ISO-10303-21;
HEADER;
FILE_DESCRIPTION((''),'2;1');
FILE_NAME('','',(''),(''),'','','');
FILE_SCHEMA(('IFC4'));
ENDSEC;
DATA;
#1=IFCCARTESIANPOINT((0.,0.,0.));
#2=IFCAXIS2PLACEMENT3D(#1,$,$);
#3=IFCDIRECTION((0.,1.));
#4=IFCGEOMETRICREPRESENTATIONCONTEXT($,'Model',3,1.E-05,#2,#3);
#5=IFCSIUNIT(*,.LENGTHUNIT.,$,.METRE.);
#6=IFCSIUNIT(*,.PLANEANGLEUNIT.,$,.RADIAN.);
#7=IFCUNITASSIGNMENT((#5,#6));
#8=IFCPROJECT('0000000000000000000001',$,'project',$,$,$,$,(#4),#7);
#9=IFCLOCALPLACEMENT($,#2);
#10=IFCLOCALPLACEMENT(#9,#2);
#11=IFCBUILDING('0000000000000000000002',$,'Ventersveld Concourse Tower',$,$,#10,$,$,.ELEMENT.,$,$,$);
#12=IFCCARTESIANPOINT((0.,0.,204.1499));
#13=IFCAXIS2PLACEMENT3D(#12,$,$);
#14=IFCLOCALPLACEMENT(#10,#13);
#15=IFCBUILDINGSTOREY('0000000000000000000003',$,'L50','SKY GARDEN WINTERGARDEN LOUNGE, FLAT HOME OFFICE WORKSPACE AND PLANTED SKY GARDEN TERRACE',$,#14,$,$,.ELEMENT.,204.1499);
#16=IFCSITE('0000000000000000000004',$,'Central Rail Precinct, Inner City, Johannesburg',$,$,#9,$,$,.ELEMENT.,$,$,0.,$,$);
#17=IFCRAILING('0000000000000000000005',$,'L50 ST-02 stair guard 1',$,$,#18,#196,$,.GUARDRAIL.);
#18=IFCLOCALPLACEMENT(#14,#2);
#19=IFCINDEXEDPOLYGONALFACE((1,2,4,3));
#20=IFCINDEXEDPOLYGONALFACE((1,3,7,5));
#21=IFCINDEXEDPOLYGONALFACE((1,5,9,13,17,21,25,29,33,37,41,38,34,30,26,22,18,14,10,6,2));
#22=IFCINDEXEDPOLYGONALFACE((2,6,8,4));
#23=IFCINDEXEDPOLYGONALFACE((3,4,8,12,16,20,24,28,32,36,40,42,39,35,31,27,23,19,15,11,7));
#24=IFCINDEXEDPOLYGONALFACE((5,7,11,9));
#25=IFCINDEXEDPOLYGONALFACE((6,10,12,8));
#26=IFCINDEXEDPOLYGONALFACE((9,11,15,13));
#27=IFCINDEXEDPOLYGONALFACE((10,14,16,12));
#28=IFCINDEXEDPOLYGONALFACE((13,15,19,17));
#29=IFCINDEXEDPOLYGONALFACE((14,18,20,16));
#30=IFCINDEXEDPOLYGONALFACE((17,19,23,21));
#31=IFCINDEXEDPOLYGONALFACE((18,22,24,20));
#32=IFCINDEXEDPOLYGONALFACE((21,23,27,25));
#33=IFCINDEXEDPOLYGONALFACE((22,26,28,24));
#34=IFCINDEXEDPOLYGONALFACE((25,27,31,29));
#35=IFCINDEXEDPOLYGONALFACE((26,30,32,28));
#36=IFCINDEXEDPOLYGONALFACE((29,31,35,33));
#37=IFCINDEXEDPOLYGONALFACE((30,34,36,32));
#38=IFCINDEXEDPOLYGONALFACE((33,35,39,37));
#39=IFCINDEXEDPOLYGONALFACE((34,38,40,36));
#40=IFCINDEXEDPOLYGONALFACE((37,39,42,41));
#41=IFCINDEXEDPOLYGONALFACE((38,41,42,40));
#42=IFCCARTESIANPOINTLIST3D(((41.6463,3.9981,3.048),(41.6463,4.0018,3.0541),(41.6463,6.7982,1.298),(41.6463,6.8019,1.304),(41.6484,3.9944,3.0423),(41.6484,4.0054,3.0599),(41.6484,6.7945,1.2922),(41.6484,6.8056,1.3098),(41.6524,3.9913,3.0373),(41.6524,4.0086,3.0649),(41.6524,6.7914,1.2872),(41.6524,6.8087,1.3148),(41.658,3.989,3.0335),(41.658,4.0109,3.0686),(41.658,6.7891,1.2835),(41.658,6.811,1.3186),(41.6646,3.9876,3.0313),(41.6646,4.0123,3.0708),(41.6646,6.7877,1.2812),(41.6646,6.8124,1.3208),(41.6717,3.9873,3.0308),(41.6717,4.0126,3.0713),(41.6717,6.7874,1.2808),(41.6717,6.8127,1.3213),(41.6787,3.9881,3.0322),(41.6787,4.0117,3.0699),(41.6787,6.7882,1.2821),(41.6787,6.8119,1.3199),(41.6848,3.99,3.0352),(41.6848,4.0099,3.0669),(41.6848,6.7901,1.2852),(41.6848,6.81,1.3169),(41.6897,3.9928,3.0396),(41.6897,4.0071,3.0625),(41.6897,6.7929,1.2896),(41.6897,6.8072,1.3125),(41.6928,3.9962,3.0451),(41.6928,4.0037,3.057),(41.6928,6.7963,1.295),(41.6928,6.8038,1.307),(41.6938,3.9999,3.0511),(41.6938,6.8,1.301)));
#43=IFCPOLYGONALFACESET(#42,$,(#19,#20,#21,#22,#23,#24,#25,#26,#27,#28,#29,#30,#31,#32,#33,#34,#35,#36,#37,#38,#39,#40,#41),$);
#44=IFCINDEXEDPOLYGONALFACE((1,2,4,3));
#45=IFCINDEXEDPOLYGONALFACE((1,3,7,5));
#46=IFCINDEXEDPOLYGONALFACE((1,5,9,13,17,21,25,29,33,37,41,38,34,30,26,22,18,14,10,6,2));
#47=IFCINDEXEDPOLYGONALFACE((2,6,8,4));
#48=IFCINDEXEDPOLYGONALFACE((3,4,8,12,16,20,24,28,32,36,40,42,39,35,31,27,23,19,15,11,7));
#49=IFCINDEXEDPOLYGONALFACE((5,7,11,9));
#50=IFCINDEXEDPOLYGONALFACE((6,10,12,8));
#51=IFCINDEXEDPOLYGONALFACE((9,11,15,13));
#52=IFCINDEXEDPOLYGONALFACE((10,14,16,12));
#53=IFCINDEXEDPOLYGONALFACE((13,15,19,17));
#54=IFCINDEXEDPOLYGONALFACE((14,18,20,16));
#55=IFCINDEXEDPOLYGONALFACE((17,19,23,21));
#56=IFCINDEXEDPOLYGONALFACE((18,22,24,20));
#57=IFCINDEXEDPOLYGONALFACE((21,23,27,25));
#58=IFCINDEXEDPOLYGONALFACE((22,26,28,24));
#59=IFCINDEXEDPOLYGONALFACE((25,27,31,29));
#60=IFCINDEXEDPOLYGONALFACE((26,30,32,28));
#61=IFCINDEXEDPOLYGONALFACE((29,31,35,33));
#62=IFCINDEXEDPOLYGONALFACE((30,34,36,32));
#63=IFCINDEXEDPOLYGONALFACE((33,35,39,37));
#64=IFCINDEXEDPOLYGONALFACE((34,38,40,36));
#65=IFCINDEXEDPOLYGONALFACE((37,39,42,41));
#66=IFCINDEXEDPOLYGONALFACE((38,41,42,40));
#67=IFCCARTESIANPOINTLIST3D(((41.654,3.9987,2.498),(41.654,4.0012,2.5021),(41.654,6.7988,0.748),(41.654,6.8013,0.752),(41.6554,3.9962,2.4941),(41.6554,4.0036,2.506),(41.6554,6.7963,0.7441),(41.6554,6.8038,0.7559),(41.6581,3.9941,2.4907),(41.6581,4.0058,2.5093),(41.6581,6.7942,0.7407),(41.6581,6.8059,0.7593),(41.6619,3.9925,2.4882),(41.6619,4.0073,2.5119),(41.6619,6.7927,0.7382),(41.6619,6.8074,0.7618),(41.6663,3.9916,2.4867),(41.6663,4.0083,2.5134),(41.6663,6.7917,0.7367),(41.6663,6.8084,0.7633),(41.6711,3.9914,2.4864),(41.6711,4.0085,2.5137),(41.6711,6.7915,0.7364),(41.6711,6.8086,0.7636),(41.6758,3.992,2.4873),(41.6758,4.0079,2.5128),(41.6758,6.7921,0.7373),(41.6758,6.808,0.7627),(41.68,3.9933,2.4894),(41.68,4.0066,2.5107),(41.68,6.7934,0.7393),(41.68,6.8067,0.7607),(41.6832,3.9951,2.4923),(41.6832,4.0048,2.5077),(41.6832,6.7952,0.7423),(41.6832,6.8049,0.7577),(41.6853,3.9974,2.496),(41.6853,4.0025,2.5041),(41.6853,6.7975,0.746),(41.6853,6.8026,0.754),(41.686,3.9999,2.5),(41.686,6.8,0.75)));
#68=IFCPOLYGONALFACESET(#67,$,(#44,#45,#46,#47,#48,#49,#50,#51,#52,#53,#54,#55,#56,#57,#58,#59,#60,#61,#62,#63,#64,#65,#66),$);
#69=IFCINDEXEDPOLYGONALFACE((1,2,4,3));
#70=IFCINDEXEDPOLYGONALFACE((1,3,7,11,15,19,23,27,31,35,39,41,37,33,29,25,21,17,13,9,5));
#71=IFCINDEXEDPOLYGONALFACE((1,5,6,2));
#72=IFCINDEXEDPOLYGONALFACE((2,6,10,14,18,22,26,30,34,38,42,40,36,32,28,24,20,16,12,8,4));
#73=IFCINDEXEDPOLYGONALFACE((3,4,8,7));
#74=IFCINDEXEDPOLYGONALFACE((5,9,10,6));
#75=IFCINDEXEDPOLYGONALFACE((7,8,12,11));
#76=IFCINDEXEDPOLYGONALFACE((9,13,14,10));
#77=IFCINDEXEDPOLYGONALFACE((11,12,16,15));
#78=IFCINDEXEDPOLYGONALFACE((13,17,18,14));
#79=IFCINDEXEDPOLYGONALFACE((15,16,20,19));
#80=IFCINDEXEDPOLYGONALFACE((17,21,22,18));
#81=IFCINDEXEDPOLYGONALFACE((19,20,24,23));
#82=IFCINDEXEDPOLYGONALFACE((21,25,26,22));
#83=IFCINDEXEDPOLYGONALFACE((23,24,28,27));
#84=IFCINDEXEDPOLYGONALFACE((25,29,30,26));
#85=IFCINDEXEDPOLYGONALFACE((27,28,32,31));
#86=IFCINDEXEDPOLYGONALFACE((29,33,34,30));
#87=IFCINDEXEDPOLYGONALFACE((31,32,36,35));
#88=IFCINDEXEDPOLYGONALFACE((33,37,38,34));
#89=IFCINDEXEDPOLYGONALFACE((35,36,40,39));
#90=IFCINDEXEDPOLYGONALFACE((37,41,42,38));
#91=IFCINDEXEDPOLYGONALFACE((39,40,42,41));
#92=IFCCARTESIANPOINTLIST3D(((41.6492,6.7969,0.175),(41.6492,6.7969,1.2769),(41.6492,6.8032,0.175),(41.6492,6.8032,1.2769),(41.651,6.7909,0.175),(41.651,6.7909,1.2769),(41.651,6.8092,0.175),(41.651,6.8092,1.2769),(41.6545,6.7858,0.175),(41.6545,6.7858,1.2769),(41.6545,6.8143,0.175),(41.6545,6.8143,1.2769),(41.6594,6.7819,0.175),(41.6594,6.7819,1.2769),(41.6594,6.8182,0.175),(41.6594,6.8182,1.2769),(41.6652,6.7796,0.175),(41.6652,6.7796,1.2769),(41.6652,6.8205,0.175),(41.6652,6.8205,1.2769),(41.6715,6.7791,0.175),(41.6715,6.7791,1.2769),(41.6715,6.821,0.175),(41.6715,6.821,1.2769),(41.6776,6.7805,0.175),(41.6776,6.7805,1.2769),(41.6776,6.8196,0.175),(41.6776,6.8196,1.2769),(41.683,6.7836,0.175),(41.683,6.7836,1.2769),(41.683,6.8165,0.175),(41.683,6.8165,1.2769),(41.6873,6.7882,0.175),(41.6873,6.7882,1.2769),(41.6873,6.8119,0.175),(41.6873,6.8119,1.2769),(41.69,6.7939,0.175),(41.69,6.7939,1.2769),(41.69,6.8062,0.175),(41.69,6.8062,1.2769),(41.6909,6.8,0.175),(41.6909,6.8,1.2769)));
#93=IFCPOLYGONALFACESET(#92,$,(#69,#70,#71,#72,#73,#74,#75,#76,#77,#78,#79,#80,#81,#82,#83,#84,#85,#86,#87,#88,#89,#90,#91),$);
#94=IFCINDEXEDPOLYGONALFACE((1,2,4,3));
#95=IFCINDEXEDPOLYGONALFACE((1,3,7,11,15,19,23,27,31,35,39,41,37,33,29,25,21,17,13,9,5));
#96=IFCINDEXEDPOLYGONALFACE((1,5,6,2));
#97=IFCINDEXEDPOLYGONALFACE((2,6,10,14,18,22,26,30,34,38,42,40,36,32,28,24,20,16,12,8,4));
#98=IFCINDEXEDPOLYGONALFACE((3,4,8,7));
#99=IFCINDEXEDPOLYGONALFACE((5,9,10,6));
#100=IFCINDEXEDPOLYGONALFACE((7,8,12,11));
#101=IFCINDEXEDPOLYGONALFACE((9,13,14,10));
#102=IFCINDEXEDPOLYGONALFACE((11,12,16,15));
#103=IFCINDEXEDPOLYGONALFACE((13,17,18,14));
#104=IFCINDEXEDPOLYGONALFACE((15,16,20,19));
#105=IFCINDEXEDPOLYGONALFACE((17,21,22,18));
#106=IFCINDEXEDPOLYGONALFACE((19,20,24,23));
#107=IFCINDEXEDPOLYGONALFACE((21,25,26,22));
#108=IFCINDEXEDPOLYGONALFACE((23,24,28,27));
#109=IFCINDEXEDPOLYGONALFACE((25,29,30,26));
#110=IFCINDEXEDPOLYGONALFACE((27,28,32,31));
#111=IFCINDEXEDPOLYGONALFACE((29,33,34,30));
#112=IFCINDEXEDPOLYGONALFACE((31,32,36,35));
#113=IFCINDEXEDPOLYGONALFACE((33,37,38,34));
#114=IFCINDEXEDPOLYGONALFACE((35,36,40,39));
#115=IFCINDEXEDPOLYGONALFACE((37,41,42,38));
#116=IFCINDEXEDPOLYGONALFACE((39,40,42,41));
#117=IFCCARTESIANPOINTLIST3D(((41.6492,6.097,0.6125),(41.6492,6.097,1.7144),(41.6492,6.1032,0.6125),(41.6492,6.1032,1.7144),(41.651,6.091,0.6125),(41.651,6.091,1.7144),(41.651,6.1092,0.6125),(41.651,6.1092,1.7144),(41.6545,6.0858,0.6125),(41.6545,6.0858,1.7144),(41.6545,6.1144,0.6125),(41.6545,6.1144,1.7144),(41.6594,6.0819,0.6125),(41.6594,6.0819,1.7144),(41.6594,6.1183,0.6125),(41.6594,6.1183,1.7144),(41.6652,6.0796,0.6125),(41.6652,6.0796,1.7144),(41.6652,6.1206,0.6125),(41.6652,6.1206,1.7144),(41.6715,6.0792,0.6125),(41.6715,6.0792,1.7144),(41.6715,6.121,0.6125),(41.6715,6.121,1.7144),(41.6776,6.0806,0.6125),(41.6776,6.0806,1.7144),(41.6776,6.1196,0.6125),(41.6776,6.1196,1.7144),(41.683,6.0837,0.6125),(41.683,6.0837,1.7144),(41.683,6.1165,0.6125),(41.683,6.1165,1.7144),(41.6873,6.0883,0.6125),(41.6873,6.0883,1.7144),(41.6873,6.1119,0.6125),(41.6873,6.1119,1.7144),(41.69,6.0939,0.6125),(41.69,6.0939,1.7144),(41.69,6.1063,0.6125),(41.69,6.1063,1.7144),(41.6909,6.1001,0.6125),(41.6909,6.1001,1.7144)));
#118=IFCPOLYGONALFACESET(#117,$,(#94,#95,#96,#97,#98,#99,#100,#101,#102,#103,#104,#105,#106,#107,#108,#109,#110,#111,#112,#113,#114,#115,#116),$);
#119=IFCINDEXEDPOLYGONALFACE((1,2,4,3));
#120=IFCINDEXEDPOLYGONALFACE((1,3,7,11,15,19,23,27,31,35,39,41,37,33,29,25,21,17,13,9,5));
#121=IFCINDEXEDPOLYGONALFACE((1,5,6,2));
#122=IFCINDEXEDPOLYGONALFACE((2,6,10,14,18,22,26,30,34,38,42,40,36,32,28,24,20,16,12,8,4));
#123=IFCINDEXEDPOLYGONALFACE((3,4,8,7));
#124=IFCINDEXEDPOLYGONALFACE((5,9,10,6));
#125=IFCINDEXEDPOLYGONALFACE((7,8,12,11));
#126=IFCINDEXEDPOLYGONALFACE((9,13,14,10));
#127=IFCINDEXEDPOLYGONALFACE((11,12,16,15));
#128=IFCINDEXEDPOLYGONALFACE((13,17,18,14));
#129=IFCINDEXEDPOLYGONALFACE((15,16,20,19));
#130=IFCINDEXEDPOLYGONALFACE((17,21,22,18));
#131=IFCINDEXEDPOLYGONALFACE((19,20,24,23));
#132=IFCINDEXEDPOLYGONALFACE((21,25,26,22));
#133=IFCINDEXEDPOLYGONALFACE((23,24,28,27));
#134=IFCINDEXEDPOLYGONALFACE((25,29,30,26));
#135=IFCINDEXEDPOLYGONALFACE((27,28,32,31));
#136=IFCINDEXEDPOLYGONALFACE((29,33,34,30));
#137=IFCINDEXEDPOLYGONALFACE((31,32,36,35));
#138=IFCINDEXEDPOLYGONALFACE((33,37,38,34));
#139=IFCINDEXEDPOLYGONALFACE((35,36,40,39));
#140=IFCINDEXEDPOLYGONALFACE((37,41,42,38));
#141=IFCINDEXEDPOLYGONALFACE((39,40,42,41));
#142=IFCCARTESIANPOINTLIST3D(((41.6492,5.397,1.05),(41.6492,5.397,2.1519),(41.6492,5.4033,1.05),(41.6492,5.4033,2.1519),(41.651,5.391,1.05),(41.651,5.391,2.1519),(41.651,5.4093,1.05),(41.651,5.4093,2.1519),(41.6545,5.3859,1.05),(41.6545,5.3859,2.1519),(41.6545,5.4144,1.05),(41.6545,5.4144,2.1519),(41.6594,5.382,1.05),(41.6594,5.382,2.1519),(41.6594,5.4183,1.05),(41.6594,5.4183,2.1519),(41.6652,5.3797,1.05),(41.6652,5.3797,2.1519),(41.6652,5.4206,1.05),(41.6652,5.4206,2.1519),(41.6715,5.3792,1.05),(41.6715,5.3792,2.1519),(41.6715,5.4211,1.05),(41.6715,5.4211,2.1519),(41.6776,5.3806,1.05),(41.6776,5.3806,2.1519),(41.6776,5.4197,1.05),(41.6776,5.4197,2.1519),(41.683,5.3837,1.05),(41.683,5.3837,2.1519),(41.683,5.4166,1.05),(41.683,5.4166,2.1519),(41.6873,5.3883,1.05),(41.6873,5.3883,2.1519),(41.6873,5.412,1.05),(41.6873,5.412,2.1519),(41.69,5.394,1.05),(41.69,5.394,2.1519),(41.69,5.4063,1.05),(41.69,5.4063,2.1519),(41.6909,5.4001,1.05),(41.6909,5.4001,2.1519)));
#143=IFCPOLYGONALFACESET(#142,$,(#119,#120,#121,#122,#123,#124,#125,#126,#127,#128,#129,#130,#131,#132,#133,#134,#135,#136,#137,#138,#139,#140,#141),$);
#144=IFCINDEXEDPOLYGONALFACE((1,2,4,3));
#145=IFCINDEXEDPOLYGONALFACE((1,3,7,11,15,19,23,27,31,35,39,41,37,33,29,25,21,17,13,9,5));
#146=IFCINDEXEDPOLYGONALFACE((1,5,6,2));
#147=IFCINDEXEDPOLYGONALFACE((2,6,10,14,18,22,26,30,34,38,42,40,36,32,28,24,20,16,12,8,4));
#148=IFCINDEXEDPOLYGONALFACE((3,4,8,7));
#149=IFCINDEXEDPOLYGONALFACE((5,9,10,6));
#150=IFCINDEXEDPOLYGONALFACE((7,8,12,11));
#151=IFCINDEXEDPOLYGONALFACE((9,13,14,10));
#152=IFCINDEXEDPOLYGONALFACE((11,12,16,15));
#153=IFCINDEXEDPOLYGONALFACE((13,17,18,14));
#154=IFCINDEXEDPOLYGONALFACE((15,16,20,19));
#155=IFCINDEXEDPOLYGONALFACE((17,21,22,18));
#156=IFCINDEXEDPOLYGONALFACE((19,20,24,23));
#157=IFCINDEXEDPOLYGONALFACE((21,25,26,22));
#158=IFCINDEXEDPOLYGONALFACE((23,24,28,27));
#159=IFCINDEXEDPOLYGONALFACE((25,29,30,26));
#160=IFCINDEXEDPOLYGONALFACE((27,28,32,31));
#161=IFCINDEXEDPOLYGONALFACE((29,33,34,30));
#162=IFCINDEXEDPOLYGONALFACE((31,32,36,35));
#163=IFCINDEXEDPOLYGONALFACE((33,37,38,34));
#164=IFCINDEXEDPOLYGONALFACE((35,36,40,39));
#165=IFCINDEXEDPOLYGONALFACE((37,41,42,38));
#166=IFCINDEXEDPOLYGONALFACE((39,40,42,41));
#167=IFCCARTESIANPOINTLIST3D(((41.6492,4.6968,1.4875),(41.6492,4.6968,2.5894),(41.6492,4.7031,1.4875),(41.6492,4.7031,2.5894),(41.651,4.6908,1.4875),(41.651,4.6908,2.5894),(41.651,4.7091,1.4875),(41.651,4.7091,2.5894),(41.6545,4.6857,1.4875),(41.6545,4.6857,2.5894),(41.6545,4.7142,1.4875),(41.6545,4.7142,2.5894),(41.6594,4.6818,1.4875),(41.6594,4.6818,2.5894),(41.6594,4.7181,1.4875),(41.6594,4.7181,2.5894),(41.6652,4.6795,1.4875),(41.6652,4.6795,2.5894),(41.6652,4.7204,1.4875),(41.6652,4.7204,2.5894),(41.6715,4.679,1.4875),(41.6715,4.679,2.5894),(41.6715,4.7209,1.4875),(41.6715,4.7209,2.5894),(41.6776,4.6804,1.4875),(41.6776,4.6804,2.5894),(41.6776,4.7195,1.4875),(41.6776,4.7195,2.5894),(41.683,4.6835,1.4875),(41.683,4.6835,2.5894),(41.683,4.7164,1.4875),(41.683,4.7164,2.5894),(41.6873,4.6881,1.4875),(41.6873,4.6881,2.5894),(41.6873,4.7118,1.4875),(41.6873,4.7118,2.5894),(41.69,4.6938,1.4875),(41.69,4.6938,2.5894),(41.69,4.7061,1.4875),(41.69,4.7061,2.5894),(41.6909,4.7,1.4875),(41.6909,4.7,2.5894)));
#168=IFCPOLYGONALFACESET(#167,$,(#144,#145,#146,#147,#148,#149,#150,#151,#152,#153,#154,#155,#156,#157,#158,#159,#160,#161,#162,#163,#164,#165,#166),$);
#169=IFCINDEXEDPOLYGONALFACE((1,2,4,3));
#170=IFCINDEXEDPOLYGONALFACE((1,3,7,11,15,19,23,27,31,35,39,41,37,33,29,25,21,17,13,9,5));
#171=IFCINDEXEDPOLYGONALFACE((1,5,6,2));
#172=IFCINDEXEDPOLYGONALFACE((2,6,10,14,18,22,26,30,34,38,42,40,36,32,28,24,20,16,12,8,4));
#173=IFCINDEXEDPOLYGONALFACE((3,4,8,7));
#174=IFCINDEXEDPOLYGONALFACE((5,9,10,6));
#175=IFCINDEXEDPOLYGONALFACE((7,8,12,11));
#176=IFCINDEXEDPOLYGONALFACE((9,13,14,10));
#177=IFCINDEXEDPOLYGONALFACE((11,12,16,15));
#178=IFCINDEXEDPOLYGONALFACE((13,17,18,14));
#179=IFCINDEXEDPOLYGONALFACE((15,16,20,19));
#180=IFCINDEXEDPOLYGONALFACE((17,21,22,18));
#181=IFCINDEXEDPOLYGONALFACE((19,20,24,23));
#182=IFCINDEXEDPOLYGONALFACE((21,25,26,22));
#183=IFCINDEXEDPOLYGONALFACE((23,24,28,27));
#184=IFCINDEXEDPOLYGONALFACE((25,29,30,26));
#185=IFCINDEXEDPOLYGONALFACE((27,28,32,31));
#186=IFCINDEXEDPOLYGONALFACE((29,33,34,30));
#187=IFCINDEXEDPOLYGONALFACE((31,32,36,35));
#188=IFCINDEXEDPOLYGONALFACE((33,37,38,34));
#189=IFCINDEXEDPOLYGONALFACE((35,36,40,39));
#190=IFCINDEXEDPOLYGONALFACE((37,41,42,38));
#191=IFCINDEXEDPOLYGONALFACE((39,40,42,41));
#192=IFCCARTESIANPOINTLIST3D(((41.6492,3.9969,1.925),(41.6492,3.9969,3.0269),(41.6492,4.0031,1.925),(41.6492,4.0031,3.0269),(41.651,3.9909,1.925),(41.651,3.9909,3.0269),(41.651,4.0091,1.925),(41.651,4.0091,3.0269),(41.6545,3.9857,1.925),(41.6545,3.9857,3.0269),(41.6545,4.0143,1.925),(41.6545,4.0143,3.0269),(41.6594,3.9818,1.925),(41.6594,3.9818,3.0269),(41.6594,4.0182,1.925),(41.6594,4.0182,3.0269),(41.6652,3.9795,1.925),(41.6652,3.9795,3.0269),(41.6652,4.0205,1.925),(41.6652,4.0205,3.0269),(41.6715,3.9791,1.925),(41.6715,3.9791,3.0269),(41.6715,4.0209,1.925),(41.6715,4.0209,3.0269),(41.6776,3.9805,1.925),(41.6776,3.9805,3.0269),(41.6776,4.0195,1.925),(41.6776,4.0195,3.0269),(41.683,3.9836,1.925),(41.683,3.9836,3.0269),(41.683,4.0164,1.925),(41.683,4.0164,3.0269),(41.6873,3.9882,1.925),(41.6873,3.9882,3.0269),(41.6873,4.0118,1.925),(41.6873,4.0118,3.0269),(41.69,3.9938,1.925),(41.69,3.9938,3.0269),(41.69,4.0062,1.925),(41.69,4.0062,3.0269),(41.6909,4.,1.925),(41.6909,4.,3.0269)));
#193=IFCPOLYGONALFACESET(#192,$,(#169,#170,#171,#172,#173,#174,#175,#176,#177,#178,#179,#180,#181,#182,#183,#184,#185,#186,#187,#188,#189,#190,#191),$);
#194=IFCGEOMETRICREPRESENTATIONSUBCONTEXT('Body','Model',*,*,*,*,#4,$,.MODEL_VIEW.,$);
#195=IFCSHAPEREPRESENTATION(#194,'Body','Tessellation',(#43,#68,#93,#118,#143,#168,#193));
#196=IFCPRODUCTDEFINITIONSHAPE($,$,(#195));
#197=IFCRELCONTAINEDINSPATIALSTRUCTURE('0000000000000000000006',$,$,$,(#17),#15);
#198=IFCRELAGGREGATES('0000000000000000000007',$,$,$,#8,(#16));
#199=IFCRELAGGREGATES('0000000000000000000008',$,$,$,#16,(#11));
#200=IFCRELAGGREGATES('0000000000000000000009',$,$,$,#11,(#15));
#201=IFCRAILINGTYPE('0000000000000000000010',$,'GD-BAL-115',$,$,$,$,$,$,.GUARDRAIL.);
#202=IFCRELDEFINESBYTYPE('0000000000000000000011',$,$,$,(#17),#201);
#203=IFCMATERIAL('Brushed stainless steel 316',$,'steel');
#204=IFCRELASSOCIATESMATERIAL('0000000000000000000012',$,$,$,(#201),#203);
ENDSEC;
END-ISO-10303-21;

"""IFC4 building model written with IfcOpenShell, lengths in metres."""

from ifc_helpers import new_model, si_unit, direction, frame, origin, origin_2d, place, context, subcontext, project, spatial, circle, extrude, material, type_object, element, save


model = new_model("IFC4")

# Units and contexts
model_context = context("Model", 3, precision=1e-05, world=origin(), true_north=direction((0.0, 1.0)))
body_context = subcontext(model_context, "Body", "Model", "MODEL_VIEW")
ifc_project = project(units=[si_unit("LENGTHUNIT", "METRE"), si_unit("PLANEANGLEUNIT", "RADIAN")], contexts=[model_context])

# Site, building, storey
site_placement = place(None, origin())
site = spatial("IfcSite", under=ifc_project, at=site_placement, Name="Central Rail Precinct, Inner City, Johannesburg", CompositionType="ELEMENT", RefElevation=0.0)
building_placement = place(site_placement, origin())
building = spatial("IfcBuilding", under=site, at=building_placement, Name="Ventersveld Concourse Tower", CompositionType="ELEMENT")
storey_placement = place(building_placement, frame((0.0, 0.0, 204.1499)))
storey = spatial("IfcBuildingStorey", under=building, at=storey_placement, Name="L50", Description="SKY GARDEN WINTERGARDEN LOUNGE, FLAT HOME OFFICE WORKSPACE AND PLANTED SKY GARDEN TERRACE", CompositionType="ELEMENT", Elevation=204.1499)

# Shared definitions
ifc_material_1 = material(Name="Brushed stainless steel 316", Category="steel")

# Railing
railing_type_1 = type_object("IfcRailingType", Name="GD-BAL-115", PredefinedType="GUARDRAIL", material=ifc_material_1)
railing_1_placement = place(storey_placement, frame((41.6699, 6.8, 0.175)))
element("IfcRailing", 1, at=railing_1_placement, inside=storey, type_object=railing_type_1, Name="L50 ST-02 stair guard 1", PredefinedType="GUARDRAIL", context=body_context, shape_type="SweptSolid", body=[
    extrude(circle(Radius=0.0239, at=origin_2d()), frame((0.0, 0.0, 1.126), z_axis=(0.0, -0.848002, 0.529992), x_axis=(1.0, 0.0, 0.0)), (0.0, 0.0, 1.0), 3.302),
    extrude(circle(Radius=0.0161, at=origin_2d()), frame((0.0, 0.0, 0.575), z_axis=(0.0, -0.848002, 0.529992), x_axis=(1.0, 0.0, 0.0)), (0.0, 0.0, 1.0), 3.302),
    extrude(circle(Radius=0.021, at=origin_2d()), origin(), (0.0, 0.0, 1.0), 1.1018),
    extrude(circle(Radius=0.021, at=origin_2d()), frame((0.0, -0.7, 0.4375)), (0.0, 0.0, 1.0), 1.1018),
    extrude(circle(Radius=0.021, at=origin_2d()), frame((0.0, -1.3999, 0.875)), (0.0, 0.0, 1.0), 1.1018),
    extrude(circle(Radius=0.021, at=origin_2d()), frame((0.0, -2.1001, 1.3125)), (0.0, 0.0, 1.0), 1.1018),
    extrude(circle(Radius=0.021, at=origin_2d()), frame((0.0, -2.8, 1.75)), (0.0, 0.0, 1.0), 1.1018),
])

save(model, "model.ifc")
